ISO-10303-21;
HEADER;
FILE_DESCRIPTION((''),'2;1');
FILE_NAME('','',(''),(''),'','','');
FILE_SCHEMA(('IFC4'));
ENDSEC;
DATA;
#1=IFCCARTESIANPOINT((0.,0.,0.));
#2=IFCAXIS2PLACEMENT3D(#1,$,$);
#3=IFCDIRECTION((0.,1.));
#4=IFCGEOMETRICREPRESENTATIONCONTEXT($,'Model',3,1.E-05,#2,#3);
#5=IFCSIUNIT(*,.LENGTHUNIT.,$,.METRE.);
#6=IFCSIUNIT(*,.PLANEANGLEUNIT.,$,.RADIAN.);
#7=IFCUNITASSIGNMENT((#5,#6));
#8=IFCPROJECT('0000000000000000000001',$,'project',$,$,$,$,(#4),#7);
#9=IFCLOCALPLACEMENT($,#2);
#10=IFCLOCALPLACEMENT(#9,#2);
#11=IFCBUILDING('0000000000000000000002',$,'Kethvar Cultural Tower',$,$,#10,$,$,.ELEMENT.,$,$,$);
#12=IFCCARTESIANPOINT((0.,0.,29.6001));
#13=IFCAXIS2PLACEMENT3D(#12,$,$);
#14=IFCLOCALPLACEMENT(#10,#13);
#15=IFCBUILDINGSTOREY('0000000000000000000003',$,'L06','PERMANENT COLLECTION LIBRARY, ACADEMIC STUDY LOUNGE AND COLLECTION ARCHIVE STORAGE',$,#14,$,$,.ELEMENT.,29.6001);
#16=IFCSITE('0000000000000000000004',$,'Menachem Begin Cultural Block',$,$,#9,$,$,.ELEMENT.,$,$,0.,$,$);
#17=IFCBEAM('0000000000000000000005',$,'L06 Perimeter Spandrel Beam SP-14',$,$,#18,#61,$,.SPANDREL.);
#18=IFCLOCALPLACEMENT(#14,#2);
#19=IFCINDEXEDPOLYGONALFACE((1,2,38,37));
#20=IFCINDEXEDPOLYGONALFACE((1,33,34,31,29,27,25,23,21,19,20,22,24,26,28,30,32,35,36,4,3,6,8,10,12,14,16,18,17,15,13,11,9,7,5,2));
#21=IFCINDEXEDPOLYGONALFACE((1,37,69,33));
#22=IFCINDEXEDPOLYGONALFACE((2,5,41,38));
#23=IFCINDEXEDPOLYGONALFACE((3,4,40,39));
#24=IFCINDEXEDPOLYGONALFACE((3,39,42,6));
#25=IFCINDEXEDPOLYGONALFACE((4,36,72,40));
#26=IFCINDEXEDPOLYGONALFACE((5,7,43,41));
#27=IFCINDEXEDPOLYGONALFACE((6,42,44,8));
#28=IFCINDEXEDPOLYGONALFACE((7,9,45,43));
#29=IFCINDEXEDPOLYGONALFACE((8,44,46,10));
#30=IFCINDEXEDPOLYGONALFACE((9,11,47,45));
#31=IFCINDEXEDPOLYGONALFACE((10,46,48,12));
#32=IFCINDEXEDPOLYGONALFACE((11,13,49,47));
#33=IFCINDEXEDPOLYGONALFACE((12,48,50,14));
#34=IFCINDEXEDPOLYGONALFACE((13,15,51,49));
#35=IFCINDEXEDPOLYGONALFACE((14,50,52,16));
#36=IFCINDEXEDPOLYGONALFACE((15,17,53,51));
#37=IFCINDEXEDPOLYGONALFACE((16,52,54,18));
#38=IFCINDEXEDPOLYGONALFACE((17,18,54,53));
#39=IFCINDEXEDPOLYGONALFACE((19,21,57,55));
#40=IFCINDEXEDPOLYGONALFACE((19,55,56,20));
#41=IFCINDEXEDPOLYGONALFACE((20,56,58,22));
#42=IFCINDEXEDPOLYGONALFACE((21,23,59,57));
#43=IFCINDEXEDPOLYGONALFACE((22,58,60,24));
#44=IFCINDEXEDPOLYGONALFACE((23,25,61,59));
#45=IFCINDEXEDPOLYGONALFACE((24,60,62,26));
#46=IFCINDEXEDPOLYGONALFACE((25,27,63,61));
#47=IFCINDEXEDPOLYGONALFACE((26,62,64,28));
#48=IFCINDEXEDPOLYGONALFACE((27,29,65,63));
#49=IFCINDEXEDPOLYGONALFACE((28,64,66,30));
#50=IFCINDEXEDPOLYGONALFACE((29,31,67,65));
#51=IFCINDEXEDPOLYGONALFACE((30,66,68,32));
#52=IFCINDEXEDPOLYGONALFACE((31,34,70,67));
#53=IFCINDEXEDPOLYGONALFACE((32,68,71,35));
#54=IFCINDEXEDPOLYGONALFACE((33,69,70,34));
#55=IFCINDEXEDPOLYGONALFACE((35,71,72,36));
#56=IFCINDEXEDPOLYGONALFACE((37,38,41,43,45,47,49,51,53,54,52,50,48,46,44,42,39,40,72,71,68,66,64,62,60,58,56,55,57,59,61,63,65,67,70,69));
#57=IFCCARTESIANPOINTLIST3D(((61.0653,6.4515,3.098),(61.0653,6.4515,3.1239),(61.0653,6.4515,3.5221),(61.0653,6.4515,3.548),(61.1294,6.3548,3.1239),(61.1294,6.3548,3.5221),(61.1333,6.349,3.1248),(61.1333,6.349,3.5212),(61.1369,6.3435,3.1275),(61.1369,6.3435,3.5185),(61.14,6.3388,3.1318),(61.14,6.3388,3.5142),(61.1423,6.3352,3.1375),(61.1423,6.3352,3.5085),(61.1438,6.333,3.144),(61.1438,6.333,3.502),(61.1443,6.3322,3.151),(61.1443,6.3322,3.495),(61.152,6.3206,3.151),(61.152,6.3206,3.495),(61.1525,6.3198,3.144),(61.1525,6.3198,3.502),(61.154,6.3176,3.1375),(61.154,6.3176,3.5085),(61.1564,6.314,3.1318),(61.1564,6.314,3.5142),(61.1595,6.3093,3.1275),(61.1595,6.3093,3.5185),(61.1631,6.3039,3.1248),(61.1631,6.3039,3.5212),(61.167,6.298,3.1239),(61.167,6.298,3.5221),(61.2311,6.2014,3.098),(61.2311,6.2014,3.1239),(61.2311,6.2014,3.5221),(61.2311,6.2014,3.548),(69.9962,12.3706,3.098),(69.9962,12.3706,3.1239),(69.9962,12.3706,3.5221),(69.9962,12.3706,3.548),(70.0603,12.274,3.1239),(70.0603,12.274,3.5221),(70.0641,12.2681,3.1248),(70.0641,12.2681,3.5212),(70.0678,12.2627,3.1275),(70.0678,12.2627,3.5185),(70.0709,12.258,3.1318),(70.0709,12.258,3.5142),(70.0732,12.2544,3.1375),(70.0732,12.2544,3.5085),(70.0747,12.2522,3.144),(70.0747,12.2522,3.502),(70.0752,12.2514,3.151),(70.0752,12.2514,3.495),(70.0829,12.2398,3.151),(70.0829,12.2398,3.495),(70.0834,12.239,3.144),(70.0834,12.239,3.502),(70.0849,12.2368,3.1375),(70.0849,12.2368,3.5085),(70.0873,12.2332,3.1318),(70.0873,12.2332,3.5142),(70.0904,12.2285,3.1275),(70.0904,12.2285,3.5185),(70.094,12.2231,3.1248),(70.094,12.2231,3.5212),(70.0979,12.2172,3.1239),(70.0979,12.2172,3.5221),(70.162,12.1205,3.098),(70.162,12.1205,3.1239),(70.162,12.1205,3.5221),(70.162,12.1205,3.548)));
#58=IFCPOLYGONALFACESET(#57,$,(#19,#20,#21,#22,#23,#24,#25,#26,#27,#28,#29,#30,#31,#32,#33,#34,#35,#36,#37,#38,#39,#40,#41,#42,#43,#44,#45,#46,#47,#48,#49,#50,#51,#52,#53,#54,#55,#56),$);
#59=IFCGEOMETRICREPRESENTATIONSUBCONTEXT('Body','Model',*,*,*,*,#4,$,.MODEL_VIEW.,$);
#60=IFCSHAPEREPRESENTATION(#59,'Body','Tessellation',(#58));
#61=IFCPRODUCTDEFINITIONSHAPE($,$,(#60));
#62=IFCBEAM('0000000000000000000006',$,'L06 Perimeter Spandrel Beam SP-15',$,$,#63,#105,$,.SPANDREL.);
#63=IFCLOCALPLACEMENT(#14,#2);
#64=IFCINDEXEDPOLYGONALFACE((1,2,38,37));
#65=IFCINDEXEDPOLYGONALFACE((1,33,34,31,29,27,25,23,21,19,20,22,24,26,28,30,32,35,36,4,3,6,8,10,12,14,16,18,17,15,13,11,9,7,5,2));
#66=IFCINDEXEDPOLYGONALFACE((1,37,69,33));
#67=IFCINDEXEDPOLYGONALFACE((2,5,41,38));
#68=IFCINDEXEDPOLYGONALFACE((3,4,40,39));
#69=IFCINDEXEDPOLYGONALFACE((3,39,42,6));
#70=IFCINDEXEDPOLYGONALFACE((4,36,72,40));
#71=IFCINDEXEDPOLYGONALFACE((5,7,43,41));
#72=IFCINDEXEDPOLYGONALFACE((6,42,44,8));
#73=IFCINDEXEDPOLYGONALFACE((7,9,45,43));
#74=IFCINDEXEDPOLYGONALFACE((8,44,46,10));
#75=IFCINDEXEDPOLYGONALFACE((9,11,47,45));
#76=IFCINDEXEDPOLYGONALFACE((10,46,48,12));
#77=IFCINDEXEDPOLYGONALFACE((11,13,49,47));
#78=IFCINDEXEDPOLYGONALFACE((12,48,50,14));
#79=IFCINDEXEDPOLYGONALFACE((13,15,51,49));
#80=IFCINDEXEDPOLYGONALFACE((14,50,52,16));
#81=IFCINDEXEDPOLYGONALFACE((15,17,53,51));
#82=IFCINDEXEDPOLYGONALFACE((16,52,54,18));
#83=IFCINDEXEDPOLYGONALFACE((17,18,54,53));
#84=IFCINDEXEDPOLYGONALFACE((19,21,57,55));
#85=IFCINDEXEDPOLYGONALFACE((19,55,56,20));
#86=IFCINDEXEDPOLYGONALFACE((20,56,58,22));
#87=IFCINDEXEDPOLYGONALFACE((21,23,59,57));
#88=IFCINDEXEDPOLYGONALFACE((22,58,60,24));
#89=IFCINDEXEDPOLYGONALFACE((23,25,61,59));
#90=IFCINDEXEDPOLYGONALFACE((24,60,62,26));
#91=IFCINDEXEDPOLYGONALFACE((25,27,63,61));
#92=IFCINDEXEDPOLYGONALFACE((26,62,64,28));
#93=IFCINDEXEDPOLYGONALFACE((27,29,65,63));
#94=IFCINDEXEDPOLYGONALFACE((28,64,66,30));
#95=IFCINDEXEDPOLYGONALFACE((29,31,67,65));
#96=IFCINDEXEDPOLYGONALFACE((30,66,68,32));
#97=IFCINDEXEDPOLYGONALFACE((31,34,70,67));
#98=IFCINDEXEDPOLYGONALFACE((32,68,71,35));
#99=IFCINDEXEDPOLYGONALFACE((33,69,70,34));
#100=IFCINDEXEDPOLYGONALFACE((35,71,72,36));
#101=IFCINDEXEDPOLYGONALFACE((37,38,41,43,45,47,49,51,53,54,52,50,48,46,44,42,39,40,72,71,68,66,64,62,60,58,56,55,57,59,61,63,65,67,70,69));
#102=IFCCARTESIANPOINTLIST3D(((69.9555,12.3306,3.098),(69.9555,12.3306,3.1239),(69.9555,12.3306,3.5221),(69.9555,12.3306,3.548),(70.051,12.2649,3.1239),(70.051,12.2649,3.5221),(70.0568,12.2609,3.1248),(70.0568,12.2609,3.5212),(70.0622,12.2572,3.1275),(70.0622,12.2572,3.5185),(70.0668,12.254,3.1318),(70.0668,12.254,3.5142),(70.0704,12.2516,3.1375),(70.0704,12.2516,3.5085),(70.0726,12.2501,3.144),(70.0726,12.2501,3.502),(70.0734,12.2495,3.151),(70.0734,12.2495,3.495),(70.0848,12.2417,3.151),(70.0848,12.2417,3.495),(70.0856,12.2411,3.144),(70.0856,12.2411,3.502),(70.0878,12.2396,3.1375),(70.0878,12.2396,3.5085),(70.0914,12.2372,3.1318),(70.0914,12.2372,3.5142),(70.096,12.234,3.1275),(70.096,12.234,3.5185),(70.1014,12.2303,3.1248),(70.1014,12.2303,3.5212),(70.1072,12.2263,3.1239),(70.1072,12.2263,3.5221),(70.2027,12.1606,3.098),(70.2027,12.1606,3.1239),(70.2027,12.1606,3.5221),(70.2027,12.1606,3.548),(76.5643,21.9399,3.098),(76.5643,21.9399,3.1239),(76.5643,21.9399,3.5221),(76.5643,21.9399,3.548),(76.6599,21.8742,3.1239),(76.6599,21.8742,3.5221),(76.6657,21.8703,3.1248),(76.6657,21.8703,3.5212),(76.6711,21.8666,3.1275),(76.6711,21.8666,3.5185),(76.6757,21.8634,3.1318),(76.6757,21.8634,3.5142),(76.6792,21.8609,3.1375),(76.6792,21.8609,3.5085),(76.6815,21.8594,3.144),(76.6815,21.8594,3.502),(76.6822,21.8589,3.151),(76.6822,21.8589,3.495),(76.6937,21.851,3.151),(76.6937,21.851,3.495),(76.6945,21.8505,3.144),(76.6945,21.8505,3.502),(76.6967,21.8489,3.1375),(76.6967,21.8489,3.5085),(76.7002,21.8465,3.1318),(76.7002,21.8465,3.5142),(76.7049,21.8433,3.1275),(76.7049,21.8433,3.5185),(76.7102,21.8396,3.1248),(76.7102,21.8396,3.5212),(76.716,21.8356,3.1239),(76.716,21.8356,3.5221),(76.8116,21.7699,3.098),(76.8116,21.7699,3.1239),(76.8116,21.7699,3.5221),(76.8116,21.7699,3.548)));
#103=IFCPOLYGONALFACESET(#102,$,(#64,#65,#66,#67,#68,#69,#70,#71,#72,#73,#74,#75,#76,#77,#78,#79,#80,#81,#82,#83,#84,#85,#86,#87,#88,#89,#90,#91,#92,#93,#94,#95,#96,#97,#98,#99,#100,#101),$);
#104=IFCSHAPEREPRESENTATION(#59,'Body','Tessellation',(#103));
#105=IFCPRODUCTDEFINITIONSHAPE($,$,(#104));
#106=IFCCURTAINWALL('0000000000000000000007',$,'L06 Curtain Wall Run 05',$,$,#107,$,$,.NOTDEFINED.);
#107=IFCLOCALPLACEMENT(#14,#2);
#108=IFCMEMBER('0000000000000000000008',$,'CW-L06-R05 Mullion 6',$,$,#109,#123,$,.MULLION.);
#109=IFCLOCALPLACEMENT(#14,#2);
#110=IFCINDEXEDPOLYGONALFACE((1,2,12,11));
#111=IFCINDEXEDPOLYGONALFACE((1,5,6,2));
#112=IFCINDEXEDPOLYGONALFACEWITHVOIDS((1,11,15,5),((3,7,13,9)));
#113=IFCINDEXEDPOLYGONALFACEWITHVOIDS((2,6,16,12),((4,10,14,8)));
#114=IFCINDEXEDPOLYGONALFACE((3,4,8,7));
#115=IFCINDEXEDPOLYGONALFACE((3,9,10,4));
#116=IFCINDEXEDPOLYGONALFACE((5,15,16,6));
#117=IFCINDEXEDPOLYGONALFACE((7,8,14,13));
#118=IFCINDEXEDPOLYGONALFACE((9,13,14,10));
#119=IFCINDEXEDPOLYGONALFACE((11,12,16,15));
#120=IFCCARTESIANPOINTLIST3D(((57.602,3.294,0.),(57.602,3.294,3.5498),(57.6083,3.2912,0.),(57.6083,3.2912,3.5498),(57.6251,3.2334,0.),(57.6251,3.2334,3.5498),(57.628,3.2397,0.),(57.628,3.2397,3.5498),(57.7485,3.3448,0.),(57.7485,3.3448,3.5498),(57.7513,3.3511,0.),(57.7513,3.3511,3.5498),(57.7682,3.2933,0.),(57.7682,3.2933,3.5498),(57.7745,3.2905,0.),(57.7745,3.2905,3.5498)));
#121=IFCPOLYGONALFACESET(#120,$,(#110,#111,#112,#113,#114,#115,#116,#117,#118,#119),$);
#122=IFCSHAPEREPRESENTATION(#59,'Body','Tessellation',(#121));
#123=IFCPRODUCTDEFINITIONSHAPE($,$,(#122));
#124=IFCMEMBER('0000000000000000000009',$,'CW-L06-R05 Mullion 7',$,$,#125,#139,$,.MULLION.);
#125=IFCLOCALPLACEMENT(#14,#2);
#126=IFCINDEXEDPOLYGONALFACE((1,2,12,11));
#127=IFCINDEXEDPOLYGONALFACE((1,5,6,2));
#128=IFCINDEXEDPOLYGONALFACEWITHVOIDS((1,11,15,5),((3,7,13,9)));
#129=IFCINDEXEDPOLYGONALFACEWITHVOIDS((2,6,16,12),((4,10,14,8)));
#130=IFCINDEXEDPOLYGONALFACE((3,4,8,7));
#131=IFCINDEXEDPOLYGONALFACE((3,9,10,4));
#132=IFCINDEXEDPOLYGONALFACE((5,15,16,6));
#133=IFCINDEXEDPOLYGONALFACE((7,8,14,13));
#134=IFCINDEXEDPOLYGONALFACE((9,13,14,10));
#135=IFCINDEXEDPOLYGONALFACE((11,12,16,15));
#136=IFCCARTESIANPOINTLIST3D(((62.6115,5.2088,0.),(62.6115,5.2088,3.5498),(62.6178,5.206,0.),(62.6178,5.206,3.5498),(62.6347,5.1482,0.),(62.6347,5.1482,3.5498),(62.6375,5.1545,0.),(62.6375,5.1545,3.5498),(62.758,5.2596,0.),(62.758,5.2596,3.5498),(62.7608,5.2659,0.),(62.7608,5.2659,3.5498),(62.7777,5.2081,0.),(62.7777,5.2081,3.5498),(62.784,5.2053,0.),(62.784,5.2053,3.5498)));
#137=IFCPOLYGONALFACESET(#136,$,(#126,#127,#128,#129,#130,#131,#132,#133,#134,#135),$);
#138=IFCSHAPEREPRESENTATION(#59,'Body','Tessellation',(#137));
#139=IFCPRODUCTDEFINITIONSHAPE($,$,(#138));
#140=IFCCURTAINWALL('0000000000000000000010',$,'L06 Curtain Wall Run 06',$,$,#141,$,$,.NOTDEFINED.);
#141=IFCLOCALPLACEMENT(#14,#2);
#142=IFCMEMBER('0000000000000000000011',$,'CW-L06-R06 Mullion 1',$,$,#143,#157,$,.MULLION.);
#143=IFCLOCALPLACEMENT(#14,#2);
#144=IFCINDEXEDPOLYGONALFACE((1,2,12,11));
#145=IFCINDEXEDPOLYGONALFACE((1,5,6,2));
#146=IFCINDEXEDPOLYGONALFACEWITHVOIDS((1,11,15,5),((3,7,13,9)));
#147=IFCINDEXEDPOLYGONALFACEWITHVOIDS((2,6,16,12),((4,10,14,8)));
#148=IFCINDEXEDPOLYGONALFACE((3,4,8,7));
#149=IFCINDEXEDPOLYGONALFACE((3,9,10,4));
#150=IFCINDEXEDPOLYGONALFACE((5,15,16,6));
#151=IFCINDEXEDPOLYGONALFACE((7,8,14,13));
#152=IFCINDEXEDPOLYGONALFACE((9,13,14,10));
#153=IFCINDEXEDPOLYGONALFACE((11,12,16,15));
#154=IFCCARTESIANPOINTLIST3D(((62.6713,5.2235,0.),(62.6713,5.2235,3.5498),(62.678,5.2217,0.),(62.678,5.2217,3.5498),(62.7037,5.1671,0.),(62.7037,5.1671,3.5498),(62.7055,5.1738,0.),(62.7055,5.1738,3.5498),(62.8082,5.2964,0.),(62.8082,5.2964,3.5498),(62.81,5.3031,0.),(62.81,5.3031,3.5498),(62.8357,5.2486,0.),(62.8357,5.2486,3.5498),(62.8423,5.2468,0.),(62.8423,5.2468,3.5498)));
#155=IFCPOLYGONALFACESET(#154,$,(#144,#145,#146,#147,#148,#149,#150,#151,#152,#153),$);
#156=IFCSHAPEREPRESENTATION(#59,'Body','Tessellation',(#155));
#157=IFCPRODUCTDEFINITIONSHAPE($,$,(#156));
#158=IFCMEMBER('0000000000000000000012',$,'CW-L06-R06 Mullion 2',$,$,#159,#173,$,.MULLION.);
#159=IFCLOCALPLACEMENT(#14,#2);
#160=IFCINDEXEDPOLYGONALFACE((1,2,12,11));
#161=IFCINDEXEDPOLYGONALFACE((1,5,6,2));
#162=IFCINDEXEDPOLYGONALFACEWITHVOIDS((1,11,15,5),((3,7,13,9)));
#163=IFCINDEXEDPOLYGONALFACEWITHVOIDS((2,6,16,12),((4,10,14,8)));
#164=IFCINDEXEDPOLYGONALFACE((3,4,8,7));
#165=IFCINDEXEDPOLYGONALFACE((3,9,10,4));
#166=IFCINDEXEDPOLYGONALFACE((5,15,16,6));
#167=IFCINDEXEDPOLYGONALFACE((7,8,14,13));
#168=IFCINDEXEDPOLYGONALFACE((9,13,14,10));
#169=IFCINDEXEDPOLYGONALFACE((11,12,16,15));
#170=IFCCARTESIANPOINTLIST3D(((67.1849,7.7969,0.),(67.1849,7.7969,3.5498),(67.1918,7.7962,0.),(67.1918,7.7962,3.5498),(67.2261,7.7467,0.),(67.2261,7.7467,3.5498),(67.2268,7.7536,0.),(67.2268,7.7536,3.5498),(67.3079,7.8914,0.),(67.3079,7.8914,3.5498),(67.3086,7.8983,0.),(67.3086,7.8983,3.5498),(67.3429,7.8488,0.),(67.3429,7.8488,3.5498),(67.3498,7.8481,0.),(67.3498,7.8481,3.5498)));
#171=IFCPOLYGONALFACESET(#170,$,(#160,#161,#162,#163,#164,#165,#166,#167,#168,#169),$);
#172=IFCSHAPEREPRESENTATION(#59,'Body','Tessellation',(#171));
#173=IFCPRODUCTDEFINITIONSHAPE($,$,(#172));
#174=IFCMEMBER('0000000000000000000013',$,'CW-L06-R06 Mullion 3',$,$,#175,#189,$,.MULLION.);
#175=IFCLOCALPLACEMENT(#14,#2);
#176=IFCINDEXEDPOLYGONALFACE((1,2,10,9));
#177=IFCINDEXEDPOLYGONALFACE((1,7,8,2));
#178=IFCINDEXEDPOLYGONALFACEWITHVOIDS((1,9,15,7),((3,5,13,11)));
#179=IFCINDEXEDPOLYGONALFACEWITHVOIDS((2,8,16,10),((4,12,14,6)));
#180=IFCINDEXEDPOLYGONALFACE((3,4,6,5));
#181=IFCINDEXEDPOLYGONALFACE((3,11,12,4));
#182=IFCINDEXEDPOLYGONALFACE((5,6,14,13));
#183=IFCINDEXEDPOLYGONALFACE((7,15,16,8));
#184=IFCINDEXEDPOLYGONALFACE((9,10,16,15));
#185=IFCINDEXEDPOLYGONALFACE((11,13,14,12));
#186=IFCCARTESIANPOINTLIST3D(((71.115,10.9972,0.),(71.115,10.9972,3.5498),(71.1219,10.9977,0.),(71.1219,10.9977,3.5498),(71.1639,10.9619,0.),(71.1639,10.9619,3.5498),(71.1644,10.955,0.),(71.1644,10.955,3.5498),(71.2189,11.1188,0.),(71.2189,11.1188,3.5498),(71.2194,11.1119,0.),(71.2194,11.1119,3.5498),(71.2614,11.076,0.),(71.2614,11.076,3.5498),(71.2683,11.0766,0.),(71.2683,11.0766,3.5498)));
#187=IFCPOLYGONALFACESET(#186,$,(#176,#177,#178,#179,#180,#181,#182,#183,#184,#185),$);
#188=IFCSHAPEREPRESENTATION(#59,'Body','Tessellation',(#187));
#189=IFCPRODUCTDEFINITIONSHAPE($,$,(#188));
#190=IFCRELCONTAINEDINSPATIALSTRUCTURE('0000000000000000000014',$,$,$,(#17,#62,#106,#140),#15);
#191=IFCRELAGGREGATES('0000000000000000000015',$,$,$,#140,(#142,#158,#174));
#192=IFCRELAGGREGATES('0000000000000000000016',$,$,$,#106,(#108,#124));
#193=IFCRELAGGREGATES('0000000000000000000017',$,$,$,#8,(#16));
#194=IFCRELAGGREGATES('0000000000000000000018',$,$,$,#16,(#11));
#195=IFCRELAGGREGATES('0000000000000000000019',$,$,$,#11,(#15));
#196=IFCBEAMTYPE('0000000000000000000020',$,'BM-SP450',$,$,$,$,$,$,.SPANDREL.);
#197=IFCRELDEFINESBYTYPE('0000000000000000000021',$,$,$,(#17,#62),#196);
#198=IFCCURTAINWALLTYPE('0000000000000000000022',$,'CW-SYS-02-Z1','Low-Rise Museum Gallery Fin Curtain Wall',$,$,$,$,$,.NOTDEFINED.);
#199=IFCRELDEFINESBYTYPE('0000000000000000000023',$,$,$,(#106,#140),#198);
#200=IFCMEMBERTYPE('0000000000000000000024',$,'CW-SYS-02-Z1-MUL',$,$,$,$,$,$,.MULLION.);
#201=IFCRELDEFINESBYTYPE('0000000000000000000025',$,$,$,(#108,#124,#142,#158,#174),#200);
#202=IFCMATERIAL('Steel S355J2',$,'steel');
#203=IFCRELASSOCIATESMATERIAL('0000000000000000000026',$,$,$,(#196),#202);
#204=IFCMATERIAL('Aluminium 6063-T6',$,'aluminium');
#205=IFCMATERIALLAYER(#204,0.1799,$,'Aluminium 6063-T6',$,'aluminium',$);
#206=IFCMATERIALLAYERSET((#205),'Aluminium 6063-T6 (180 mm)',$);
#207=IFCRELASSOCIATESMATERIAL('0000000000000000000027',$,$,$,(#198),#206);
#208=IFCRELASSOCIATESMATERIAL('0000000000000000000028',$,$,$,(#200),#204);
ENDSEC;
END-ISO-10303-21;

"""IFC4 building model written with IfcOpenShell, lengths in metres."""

from ifc_helpers import new_model, si_unit, direction, frame, origin, origin_2d, place, context, subcontext, project, spatial, hollow_rectangle, i_section, extrude, source, transform, mapped, material, layer, layer_set, material_profile, profile_set, type_object, element, aggregate, save


model = new_model("IFC4")

# Units and contexts
model_context = context("Model", 3, precision=1e-05, world=origin(), true_north=direction((0.0, 1.0)))
body_context = subcontext(model_context, "Body", "Model", "MODEL_VIEW")
ifc_project = project(units=[si_unit("LENGTHUNIT", "METRE"), si_unit("PLANEANGLEUNIT", "RADIAN")], contexts=[model_context])

# Site, building, storey
site_placement = place(None, origin())
site = spatial("IfcSite", under=ifc_project, at=site_placement, Name="Menachem Begin Cultural Block", CompositionType="ELEMENT", RefElevation=0.0)
building_placement = place(site_placement, origin())
building = spatial("IfcBuilding", under=site, at=building_placement, Name="Kethvar Cultural Tower", CompositionType="ELEMENT")
storey_placement = place(building_placement, frame((0.0, 0.0, 29.6001)))
storey = spatial("IfcBuildingStorey", under=building, at=storey_placement, Name="L06", Description="PERMANENT COLLECTION LIBRARY, ACADEMIC STUDY LOUNGE AND COLLECTION ARCHIVE STORAGE", CompositionType="ELEMENT", Elevation=29.6001)

# Beams
ifc_material_1 = material(Name="Steel S355J2", Category="steel")
ifc_material_profile_1 = material_profile(ifc_material_1, i_section(OverallWidth=0.3, OverallDepth=0.45, WebThickness=0.0139, FlangeThickness=0.0259, FilletRadius=0.0271, at=origin_2d()), Name="Steel S355J2 — HEB450")
ifc_profile_set_1 = profile_set([ifc_material_profile_1], Name="Steel S355J2 — HEB450")
beam_type_1 = type_object("IfcBeamType", Name="BM-SP450", PredefinedType="SPANDREL", material=ifc_profile_set_1)
shared_shape_1 = source(origin(), body_context, "Body", "SweptSolid", [
    extrude(i_section(OverallWidth=0.3, OverallDepth=0.45, WebThickness=0.0139, FlangeThickness=0.0259, FilletRadius=0.0271, at=origin_2d()), origin(), (0.0, 0.0, 1.0), 10.7144),
])
beam_1_placement = place(storey_placement, frame((61.1482, 6.3264, 3.323), z_axis=(0.833544, 0.552453, 0.0), x_axis=(-0.552453, 0.833544, 0.0)))
element("IfcBeam", 1, at=beam_1_placement, inside=storey, type_object=beam_type_1, Name="L06 Perimeter Spandrel Beam SP-14", PredefinedType="SPANDREL", context=body_context, shape_type="MappedRepresentation", body=[
    mapped(shared_shape_1, transform((0.0, 0.0, 0.0), scale=1.0)),
])
shared_shape_2 = source(origin(), body_context, "Body", "SweptSolid", [
    extrude(i_section(OverallWidth=0.3, OverallDepth=0.45, WebThickness=0.0139, FlangeThickness=0.0259, FilletRadius=0.0271, at=origin_2d()), origin(), (0.0, 0.0, 1.0), 11.6626),
])
beam_2_placement = place(storey_placement, frame((70.0791, 12.2456, 3.323), z_axis=(0.566671, 0.823944, 0.0), x_axis=(-0.823944, 0.566671, 0.0)))
element("IfcBeam", 2, at=beam_2_placement, inside=storey, type_object=beam_type_1, Name="L06 Perimeter Spandrel Beam SP-15", PredefinedType="SPANDREL", context=body_context, shape_type="MappedRepresentation", body=[
    mapped(shared_shape_2, transform((0.0, 0.0, 0.0), scale=1.0)),
])

# Curtain walls, members
ifc_material_2 = material(Name="Aluminium 6063-T6", Category="aluminium")
ifc_layer_1 = layer(ifc_material_2, 0.1799, Name="Aluminium 6063-T6", Category="aluminium")
ifc_layer_set_1 = layer_set([ifc_layer_1], Name="Aluminium 6063-T6 (180 mm)")
curtain_wall_type = type_object("IfcCurtainWallType", Name="CW-SYS-02-Z1", Description="Low-Rise Museum Gallery Fin Curtain Wall", PredefinedType="NOTDEFINED", material=ifc_layer_set_1)
curtain_wall_1_placement = place(storey_placement, origin())
curtain_wall_1 = element("IfcCurtainWall", 3, at=curtain_wall_1_placement, inside=storey, type_object=curtain_wall_type, Name="L06 Curtain Wall Run 05", PredefinedType="NOTDEFINED")
ifc_material_profile_2 = material_profile(ifc_material_2, hollow_rectangle(XDim=0.0649, YDim=0.1599, WallThickness=0.0049, at=origin_2d()), Name="Aluminium 6063-T6 — RHS160x65x5")
ifc_profile_set_2 = profile_set([ifc_material_profile_2], Name="Aluminium 6063-T6 — RHS160x65x5")
member_type_1 = type_object("IfcMemberType", Name="CW-SYS-02-Z1-MUL", PredefinedType="MULLION", material=ifc_profile_set_2)
shared_shape_3 = source(origin(), body_context, "Body", "SweptSolid", [
    extrude(hollow_rectangle(XDim=0.0649, YDim=0.1599, WallThickness=0.0049, at=origin_2d()), origin(), (0.0, 0.0, 1.0), 3.5498),
])
member_1_placement = place(storey_placement, frame((57.6882, 3.2922, 0.0), z_axis=(0.0, 0.0, 1.0), x_axis=(-0.357064, 0.93408, 0.0)))
member_1 = element("IfcMember", 4, at=member_1_placement, type_object=member_type_1, Name="CW-L06-R05 Mullion 6", PredefinedType="MULLION", context=body_context, shape_type="MappedRepresentation", body=[
    mapped(shared_shape_3, transform((0.0, 0.0, 0.0), scale=1.0)),
])
member_2_placement = place(storey_placement, frame((62.6978, 5.207, 0.0), z_axis=(0.0, 0.0, 1.0), x_axis=(-0.357064, 0.93408, 0.0)))
member_2 = element("IfcMember", 5, at=member_2_placement, type_object=member_type_1, Name="CW-L06-R05 Mullion 7", PredefinedType="MULLION", context=body_context, shape_type="MappedRepresentation", body=[
    mapped(shared_shape_3, transform((0.0, 0.0, 0.0), scale=1.0)),
])
curtain_wall_2_placement = place(storey_placement, origin())
curtain_wall_2 = element("IfcCurtainWall", 6, at=curtain_wall_2_placement, inside=storey, type_object=curtain_wall_type, Name="L06 Curtain Wall Run 06", PredefinedType="NOTDEFINED")
member_3_placement = place(storey_placement, frame((62.7568, 5.2351, 0.0), z_axis=(0.0, 0.0, 1.0), x_axis=(-0.497822, 0.867279, 0.0)))
member_3 = element("IfcMember", 7, at=member_3_placement, type_object=member_type_1, Name="CW-L06-R06 Mullion 1", PredefinedType="MULLION", context=body_context, shape_type="MappedRepresentation", body=[
    mapped(shared_shape_3, transform((0.0, 0.0, 0.0), scale=1.0)),
])
member_4_placement = place(storey_placement, frame((67.2673, 7.8225, 0.0), z_axis=(0.0, 0.0, 1.0), x_axis=(-0.633988, 0.773343, 0.0)))
member_4 = element("IfcMember", 8, at=member_4_placement, type_object=member_type_1, Name="CW-L06-R06 Mullion 2", PredefinedType="MULLION", context=body_context, shape_type="MappedRepresentation", body=[
    mapped(shared_shape_3, transform((0.0, 0.0, 0.0), scale=1.0)),
])
member_5_placement = place(storey_placement, frame((71.1917, 11.0369, 0.0), z_axis=(0.0, 0.0, 1.0), x_axis=(-0.760372, 0.649488, 0.0)))
member_5 = element("IfcMember", 9, at=member_5_placement, type_object=member_type_1, Name="CW-L06-R06 Mullion 3", PredefinedType="MULLION", context=body_context, shape_type="MappedRepresentation", body=[
    mapped(shared_shape_3, transform((0.0, 0.0, 0.0), scale=1.0)),
])

aggregate(curtain_wall_2, [member_3, member_4, member_5])
aggregate(curtain_wall_1, [member_1, member_2])

save(model, "model.ifc")
